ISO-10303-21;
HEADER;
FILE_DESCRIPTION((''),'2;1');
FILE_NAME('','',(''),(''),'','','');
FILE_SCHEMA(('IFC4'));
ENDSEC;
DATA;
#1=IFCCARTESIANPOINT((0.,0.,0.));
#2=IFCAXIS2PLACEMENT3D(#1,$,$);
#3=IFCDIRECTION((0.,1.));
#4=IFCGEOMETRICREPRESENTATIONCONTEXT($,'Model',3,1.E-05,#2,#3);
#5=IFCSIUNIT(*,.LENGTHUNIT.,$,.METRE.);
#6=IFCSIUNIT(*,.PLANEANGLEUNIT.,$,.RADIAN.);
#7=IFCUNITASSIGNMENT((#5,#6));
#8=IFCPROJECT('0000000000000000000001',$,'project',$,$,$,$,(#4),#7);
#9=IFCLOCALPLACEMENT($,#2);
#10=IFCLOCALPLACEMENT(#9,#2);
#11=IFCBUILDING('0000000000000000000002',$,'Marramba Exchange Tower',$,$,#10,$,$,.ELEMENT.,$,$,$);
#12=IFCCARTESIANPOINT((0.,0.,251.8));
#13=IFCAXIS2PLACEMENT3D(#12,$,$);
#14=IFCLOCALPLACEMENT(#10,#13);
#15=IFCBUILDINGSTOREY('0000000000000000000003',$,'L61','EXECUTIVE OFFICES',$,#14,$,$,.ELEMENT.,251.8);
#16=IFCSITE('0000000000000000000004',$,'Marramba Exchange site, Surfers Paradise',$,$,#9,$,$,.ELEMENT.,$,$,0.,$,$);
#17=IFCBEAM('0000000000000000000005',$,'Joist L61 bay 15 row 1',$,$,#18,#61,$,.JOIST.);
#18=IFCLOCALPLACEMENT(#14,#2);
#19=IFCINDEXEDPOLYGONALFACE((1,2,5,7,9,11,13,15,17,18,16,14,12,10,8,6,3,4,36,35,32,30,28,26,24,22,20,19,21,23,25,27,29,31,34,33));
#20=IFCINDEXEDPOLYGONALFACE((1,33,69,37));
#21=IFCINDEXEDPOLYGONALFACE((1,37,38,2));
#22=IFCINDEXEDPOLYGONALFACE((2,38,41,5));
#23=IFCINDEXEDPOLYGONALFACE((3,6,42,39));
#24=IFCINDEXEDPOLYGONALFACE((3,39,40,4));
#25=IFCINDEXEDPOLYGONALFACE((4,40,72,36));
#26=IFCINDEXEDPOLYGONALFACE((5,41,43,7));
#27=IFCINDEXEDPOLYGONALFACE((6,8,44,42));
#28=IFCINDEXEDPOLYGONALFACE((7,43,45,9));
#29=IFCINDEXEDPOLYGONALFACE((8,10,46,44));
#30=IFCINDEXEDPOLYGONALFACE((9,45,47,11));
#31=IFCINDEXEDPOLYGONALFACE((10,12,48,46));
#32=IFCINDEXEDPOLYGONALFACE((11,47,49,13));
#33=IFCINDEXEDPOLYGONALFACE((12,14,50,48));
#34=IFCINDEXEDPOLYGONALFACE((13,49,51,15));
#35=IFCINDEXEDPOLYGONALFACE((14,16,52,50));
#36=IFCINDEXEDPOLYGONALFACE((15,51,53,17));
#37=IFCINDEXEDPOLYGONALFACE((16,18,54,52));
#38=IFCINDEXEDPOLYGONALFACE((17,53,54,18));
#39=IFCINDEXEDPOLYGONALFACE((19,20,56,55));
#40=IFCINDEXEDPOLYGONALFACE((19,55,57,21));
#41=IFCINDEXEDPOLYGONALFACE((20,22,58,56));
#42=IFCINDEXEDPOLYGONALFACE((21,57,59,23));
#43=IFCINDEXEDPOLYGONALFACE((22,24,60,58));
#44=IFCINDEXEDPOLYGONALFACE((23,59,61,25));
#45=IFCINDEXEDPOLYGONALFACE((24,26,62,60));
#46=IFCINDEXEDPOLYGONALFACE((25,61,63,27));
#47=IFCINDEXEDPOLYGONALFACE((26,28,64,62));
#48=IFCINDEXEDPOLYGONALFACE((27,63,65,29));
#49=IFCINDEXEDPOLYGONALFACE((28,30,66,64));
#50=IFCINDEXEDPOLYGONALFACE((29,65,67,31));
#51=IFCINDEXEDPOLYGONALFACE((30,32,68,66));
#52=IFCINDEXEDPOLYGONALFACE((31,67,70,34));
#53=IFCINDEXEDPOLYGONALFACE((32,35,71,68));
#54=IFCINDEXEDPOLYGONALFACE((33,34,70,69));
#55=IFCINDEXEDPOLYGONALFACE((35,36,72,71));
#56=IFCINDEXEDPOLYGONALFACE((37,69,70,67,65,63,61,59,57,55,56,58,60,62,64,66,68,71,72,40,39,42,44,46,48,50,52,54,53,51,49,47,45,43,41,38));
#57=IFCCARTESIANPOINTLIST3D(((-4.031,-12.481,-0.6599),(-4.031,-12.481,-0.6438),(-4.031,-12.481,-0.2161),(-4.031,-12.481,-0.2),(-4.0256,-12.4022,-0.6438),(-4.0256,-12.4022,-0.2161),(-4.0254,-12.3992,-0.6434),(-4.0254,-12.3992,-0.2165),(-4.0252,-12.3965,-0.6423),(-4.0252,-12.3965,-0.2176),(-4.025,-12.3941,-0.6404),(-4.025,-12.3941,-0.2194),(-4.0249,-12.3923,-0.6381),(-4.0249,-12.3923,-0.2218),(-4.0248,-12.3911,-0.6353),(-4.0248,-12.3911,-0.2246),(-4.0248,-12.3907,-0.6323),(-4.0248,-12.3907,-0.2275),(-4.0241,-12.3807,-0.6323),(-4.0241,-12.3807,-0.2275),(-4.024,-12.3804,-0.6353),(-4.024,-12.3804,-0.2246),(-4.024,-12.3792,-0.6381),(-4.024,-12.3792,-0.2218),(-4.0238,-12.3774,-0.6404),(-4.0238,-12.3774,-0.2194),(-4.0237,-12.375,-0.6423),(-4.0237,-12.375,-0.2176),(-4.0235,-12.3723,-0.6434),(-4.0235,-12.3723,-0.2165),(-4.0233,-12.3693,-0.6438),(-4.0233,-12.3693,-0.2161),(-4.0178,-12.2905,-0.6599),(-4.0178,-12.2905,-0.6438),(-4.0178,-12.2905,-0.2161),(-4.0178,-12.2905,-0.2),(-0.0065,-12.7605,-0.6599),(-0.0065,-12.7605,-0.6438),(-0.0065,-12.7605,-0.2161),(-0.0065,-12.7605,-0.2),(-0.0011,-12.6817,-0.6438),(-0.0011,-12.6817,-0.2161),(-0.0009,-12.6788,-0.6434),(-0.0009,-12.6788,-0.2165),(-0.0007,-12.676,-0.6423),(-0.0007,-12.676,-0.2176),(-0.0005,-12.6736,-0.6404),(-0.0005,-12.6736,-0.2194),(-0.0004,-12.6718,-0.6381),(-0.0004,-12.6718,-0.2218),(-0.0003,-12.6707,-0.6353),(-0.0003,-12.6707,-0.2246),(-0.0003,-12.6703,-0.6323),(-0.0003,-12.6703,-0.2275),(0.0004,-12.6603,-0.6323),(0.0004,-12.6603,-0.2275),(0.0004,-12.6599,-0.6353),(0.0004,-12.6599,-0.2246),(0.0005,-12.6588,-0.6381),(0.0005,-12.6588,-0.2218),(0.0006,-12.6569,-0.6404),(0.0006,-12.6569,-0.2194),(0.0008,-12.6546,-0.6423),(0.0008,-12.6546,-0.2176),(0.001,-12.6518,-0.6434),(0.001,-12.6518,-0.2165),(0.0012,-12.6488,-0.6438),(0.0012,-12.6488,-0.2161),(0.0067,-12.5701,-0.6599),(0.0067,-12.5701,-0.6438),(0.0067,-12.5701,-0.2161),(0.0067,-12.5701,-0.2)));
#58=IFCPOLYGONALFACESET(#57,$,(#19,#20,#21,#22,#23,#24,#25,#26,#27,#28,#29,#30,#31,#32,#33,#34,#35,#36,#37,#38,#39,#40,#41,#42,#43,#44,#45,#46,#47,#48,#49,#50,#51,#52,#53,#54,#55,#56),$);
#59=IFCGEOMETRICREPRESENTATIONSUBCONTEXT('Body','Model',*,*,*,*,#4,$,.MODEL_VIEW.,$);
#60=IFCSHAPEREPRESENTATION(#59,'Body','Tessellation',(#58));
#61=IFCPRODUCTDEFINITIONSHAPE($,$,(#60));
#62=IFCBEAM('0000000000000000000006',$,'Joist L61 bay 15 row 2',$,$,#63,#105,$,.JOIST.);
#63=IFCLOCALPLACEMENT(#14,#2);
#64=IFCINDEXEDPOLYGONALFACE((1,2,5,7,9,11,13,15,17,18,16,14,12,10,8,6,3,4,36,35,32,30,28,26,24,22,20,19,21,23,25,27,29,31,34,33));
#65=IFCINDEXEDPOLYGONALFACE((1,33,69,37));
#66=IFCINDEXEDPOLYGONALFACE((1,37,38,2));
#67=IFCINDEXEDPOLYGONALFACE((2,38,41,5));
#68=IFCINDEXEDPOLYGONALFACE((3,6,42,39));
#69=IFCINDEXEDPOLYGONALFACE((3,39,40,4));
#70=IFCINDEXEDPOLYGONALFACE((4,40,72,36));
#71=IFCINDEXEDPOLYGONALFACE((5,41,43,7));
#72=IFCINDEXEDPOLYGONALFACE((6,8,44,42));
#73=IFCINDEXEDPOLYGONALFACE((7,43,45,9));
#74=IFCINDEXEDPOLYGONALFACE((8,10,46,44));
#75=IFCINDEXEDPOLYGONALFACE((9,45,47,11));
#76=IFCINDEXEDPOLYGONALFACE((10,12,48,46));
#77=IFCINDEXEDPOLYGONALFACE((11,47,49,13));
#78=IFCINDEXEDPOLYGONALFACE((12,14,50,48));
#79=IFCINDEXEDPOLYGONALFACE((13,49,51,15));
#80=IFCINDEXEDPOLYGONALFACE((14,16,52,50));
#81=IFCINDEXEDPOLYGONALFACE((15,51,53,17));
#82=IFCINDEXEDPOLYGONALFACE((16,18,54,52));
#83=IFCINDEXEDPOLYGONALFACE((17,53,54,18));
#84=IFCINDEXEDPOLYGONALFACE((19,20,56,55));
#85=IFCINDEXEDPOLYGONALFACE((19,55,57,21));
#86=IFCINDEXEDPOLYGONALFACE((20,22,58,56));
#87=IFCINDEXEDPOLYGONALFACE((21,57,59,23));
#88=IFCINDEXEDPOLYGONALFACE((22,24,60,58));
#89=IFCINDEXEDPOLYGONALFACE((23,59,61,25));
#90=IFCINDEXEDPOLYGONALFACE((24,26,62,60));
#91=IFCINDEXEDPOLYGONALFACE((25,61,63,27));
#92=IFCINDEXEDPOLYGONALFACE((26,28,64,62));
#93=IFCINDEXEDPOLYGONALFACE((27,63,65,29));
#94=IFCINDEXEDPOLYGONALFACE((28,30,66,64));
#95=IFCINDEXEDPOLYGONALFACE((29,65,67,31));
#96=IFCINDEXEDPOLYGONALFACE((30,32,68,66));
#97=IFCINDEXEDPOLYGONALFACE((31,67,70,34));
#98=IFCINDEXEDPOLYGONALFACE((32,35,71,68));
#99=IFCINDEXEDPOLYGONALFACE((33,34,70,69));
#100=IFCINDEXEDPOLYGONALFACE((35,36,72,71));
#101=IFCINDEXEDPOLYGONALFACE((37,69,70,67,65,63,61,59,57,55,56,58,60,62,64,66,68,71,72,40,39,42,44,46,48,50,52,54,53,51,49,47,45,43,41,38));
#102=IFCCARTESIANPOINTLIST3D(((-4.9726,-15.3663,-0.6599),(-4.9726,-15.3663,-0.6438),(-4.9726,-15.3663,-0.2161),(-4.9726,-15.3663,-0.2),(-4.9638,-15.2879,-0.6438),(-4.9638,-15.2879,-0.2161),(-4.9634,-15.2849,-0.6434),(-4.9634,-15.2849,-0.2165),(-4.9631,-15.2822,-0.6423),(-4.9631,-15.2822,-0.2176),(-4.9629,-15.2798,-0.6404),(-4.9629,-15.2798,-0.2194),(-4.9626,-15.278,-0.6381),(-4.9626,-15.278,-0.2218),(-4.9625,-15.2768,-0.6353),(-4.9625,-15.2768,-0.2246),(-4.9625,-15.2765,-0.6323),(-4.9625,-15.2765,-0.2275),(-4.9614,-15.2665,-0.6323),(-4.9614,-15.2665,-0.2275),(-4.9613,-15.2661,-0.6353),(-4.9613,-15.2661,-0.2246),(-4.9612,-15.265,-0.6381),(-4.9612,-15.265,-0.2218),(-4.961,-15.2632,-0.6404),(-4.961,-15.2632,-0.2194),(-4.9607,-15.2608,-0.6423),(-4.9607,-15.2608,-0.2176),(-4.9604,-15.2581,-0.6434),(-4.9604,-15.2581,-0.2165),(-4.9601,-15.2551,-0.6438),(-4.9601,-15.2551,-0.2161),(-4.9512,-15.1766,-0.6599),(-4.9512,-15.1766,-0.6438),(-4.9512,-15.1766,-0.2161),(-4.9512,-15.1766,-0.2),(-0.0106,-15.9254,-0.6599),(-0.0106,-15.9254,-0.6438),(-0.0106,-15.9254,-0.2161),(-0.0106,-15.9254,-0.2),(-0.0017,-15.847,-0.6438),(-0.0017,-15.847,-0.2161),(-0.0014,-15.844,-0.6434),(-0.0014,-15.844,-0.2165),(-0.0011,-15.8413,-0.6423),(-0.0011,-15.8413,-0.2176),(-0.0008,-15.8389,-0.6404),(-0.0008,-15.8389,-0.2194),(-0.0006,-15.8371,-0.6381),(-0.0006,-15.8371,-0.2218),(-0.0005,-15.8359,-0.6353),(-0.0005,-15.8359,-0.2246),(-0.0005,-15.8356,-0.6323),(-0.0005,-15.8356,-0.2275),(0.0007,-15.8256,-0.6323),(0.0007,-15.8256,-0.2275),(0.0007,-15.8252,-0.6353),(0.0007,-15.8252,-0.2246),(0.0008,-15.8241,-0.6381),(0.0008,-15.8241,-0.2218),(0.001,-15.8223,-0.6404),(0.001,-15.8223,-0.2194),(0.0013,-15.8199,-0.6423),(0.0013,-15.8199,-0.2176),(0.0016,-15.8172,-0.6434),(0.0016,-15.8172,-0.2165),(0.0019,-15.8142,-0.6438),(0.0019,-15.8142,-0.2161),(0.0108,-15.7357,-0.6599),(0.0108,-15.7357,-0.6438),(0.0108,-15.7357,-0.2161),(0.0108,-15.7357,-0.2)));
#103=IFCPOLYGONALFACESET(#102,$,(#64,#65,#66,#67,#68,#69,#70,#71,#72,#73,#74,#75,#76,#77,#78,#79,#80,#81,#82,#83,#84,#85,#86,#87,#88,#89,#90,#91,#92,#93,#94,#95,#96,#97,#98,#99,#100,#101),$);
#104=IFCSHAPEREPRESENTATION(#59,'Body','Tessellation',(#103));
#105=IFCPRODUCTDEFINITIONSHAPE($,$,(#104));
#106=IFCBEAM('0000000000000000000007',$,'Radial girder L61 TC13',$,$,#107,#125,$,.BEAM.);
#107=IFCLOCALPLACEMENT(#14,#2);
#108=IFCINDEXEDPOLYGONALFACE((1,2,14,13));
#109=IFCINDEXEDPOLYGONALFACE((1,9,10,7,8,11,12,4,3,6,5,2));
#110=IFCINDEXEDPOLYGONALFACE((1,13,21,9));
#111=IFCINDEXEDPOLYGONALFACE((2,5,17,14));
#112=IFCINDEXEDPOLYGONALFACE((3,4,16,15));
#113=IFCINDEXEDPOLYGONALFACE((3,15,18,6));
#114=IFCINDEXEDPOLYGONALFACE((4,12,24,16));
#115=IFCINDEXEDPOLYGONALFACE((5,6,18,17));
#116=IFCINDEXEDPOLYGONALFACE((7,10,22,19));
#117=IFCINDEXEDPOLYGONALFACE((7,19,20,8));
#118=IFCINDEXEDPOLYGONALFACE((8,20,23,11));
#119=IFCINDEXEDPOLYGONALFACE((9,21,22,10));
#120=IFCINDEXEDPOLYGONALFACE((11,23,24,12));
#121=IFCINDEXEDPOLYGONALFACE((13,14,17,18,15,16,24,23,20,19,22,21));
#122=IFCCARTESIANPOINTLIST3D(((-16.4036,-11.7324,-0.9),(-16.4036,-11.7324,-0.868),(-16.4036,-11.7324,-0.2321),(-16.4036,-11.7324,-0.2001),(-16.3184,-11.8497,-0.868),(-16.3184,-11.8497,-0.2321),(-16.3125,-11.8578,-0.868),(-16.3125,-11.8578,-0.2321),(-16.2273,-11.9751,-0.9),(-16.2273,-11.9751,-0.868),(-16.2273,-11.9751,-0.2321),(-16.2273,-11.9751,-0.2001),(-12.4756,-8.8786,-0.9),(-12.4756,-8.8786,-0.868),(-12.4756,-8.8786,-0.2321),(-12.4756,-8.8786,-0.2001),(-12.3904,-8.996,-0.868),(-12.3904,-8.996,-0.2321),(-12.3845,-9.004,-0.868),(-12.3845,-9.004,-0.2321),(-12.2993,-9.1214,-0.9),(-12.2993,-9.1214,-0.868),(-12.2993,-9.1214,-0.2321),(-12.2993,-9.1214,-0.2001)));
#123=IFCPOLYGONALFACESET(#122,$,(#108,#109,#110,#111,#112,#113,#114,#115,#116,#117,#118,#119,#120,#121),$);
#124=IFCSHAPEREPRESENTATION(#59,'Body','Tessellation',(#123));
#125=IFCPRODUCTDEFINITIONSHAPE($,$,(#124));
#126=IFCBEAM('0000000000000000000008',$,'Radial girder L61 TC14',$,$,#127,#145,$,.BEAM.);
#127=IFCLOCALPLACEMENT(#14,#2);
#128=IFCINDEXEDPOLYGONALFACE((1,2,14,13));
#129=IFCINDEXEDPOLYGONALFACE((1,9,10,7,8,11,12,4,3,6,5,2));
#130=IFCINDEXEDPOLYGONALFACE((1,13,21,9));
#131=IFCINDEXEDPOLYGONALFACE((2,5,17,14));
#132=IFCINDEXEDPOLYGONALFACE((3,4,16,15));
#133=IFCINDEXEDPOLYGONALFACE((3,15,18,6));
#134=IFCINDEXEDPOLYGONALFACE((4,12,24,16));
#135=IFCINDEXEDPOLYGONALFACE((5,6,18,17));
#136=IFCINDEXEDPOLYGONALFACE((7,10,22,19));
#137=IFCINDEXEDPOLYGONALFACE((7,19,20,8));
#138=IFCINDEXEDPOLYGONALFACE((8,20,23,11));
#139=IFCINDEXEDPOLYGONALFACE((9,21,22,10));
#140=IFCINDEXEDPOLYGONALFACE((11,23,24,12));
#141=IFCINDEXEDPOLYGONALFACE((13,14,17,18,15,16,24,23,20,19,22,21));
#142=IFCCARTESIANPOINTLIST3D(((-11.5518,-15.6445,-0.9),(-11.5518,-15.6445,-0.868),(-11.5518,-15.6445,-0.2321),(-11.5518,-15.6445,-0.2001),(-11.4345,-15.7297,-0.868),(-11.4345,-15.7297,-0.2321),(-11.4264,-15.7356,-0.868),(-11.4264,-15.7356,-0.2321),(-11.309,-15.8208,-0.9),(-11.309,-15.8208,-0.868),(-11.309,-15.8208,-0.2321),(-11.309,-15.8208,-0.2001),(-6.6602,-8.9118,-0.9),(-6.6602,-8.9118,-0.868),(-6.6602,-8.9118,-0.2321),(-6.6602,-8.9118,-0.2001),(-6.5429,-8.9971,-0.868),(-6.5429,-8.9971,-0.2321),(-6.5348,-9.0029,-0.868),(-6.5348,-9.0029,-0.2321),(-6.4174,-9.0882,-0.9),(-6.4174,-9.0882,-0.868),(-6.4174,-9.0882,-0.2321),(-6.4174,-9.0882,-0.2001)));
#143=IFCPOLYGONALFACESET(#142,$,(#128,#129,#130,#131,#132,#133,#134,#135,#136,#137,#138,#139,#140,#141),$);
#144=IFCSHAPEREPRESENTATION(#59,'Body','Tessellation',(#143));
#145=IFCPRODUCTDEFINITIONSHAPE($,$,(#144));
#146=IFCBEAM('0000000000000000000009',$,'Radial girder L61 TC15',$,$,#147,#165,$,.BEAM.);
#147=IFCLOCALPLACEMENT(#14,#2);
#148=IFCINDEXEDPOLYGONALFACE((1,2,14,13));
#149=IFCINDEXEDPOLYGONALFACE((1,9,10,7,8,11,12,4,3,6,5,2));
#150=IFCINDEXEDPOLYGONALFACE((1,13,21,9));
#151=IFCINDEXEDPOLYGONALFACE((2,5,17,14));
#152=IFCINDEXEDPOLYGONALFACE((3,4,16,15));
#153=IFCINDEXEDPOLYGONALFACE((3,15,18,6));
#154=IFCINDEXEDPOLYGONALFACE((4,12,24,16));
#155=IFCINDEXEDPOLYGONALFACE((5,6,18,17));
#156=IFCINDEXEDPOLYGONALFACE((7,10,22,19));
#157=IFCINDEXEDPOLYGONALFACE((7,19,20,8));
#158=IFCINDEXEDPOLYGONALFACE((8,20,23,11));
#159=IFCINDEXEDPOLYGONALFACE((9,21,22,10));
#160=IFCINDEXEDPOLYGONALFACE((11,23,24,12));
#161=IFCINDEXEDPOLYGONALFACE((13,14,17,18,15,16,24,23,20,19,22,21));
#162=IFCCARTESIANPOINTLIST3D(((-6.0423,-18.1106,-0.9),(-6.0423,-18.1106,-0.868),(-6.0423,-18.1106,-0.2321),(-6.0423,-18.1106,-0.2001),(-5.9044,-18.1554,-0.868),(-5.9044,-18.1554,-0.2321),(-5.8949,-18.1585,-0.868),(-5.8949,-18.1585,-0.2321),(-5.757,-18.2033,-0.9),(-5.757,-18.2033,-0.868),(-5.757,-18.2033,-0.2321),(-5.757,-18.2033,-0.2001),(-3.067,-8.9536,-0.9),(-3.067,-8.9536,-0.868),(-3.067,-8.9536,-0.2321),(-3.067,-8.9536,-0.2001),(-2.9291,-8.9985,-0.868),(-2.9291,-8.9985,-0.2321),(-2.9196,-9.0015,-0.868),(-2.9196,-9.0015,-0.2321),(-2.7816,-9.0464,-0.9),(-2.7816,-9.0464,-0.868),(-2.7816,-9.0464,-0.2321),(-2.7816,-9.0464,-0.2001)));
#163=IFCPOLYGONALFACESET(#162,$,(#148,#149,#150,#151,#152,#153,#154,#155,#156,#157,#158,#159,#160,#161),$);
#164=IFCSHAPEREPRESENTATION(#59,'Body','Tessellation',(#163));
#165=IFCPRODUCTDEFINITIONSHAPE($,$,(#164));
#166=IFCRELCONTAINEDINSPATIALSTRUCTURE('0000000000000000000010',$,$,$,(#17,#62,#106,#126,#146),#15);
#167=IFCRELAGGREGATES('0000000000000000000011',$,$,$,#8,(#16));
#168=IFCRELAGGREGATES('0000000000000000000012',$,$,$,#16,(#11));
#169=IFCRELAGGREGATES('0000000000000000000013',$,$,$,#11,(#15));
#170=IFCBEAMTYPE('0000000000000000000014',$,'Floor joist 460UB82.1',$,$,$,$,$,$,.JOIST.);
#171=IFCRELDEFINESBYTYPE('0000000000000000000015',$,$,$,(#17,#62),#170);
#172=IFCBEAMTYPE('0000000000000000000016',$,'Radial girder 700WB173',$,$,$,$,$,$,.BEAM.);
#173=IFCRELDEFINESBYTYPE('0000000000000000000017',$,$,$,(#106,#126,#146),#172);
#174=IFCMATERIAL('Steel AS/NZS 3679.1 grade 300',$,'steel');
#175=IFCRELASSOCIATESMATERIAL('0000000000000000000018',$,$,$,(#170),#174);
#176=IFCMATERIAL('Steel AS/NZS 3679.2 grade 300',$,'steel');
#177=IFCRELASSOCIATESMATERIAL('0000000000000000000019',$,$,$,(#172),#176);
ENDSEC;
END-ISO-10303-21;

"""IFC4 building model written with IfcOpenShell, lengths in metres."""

from ifc_helpers import new_model, si_unit, direction, frame, origin, origin_2d, place, context, subcontext, project, spatial, i_section, extrude, material, material_profile, profile_set, type_object, element, save


model = new_model("IFC4")

# Units and contexts
model_context = context("Model", 3, precision=1e-05, world=origin(), true_north=direction((0.0, 1.0)))
body_context = subcontext(model_context, "Body", "Model", "MODEL_VIEW")
ifc_project = project(units=[si_unit("LENGTHUNIT", "METRE"), si_unit("PLANEANGLEUNIT", "RADIAN")], contexts=[model_context])

# Site, building, storey
site_placement = place(None, origin())
site = spatial("IfcSite", under=ifc_project, at=site_placement, Name="Marramba Exchange site, Surfers Paradise", CompositionType="ELEMENT", RefElevation=0.0)
building_placement = place(site_placement, origin())
building = spatial("IfcBuilding", under=site, at=building_placement, Name="Marramba Exchange Tower", CompositionType="ELEMENT")
storey_placement = place(building_placement, frame((0.0, 0.0, 251.8)))
storey = spatial("IfcBuildingStorey", under=building, at=storey_placement, Name="L61", Description="EXECUTIVE OFFICES", CompositionType="ELEMENT", Elevation=251.8)

# Shared definitions
ifc_material_1 = material(Name="Steel AS/NZS 3679.2 grade 300", Category="steel")

# Beams
ifc_material_2 = material(Name="Steel AS/NZS 3679.1 grade 300", Category="steel")
ifc_material_profile_1 = material_profile(ifc_material_2, i_section(OverallWidth=0.1909, OverallDepth=0.46, WebThickness=0.01, FlangeThickness=0.0161, FilletRadius=0.0115, at=origin_2d()), Name="460UB82.1")
ifc_profile_set_1 = profile_set([ifc_material_profile_1], Name="Steel AS/NZS 3679.1 grade 300")
beam_type_1 = type_object("IfcBeamType", Name="Floor joist 460UB82.1", PredefinedType="JOIST", material=ifc_profile_set_1)
beam_1_placement = place(storey_placement, frame((-4.0244, -12.3857, -0.4299), z_axis=(0.997596, -0.069294, 0.0), x_axis=(0.069294, 0.997596, 0.0)))
element("IfcBeam", 1, at=beam_1_placement, inside=storey, type_object=beam_type_1, Name="Joist L61 bay 15 row 1", PredefinedType="JOIST", context=body_context, shape_type="SweptSolid", body=[
    extrude(i_section(OverallWidth=0.1909, OverallDepth=0.46, WebThickness=0.01, FlangeThickness=0.0161, FilletRadius=0.0115, at=origin_2d()), origin(), (0.0, 0.0, 1.0), 4.0342),
])
beam_2_placement = place(storey_placement, frame((-4.9619, -15.2715, -0.4299), z_axis=(0.993712, -0.111966, 0.0), x_axis=(0.111966, 0.993712, 0.0)))
element("IfcBeam", 2, at=beam_2_placement, inside=storey, type_object=beam_type_1, Name="Joist L61 bay 15 row 2", PredefinedType="JOIST", context=body_context, shape_type="SweptSolid", body=[
    extrude(i_section(OverallWidth=0.1909, OverallDepth=0.46, WebThickness=0.01, FlangeThickness=0.0161, FilletRadius=0.0115, at=origin_2d()), origin(), (0.0, 0.0, 1.0), 4.9934),
])
ifc_material_profile_2 = material_profile(ifc_material_1, i_section(OverallWidth=0.3, OverallDepth=0.7, WebThickness=0.01, FlangeThickness=0.032, at=origin_2d()), Name="700WB173")
ifc_profile_set_2 = profile_set([ifc_material_profile_2], Name="Steel AS/NZS 3679.2 grade 300")
beam_type_2 = type_object("IfcBeamType", Name="Radial girder 700WB173", PredefinedType="BEAM", material=ifc_profile_set_2)
beam_3_placement = place(storey_placement, frame((-12.3875, -9.0, -0.55), z_axis=(-0.809025, -0.587774, 0.0), x_axis=(0.587774, -0.809025, 0.0)))
element("IfcBeam", 3, at=beam_3_placement, inside=storey, type_object=beam_type_2, Name="Radial girder L61 TC13", PredefinedType="BEAM", context=body_context, shape_type="SweptSolid", body=[
    extrude(i_section(OverallWidth=0.3, OverallDepth=0.7, WebThickness=0.01, FlangeThickness=0.032, at=origin_2d()), origin(), (0.0, 0.0, 1.0), 4.8552),
])
beam_4_placement = place(storey_placement, frame((-6.5388, -9.0, -0.55), z_axis=(-0.587788, -0.809015, 0.0), x_axis=(0.809015, -0.587788, 0.0)))
element("IfcBeam", 4, at=beam_4_placement, inside=storey, type_object=beam_type_2, Name="Radial girder L61 TC14", PredefinedType="BEAM", context=body_context, shape_type="SweptSolid", body=[
    extrude(i_section(OverallWidth=0.3, OverallDepth=0.7, WebThickness=0.01, FlangeThickness=0.032, at=origin_2d()), origin(), (0.0, 0.0, 1.0), 8.322),
])
beam_5_placement = place(storey_placement, frame((-2.9243, -9.0, -0.55), z_axis=(-0.309022, -0.951055, 0.0), x_axis=(0.951055, -0.309022, 0.0)))
element("IfcBeam", 5, at=beam_5_placement, inside=storey, type_object=beam_type_2, Name="Radial girder L61 TC15", PredefinedType="BEAM", context=body_context, shape_type="SweptSolid", body=[
    extrude(i_section(OverallWidth=0.3, OverallDepth=0.7, WebThickness=0.01, FlangeThickness=0.032, at=origin_2d()), origin(), (0.0, 0.0, 1.0), 9.6282),
])

save(model, "model.ifc")
